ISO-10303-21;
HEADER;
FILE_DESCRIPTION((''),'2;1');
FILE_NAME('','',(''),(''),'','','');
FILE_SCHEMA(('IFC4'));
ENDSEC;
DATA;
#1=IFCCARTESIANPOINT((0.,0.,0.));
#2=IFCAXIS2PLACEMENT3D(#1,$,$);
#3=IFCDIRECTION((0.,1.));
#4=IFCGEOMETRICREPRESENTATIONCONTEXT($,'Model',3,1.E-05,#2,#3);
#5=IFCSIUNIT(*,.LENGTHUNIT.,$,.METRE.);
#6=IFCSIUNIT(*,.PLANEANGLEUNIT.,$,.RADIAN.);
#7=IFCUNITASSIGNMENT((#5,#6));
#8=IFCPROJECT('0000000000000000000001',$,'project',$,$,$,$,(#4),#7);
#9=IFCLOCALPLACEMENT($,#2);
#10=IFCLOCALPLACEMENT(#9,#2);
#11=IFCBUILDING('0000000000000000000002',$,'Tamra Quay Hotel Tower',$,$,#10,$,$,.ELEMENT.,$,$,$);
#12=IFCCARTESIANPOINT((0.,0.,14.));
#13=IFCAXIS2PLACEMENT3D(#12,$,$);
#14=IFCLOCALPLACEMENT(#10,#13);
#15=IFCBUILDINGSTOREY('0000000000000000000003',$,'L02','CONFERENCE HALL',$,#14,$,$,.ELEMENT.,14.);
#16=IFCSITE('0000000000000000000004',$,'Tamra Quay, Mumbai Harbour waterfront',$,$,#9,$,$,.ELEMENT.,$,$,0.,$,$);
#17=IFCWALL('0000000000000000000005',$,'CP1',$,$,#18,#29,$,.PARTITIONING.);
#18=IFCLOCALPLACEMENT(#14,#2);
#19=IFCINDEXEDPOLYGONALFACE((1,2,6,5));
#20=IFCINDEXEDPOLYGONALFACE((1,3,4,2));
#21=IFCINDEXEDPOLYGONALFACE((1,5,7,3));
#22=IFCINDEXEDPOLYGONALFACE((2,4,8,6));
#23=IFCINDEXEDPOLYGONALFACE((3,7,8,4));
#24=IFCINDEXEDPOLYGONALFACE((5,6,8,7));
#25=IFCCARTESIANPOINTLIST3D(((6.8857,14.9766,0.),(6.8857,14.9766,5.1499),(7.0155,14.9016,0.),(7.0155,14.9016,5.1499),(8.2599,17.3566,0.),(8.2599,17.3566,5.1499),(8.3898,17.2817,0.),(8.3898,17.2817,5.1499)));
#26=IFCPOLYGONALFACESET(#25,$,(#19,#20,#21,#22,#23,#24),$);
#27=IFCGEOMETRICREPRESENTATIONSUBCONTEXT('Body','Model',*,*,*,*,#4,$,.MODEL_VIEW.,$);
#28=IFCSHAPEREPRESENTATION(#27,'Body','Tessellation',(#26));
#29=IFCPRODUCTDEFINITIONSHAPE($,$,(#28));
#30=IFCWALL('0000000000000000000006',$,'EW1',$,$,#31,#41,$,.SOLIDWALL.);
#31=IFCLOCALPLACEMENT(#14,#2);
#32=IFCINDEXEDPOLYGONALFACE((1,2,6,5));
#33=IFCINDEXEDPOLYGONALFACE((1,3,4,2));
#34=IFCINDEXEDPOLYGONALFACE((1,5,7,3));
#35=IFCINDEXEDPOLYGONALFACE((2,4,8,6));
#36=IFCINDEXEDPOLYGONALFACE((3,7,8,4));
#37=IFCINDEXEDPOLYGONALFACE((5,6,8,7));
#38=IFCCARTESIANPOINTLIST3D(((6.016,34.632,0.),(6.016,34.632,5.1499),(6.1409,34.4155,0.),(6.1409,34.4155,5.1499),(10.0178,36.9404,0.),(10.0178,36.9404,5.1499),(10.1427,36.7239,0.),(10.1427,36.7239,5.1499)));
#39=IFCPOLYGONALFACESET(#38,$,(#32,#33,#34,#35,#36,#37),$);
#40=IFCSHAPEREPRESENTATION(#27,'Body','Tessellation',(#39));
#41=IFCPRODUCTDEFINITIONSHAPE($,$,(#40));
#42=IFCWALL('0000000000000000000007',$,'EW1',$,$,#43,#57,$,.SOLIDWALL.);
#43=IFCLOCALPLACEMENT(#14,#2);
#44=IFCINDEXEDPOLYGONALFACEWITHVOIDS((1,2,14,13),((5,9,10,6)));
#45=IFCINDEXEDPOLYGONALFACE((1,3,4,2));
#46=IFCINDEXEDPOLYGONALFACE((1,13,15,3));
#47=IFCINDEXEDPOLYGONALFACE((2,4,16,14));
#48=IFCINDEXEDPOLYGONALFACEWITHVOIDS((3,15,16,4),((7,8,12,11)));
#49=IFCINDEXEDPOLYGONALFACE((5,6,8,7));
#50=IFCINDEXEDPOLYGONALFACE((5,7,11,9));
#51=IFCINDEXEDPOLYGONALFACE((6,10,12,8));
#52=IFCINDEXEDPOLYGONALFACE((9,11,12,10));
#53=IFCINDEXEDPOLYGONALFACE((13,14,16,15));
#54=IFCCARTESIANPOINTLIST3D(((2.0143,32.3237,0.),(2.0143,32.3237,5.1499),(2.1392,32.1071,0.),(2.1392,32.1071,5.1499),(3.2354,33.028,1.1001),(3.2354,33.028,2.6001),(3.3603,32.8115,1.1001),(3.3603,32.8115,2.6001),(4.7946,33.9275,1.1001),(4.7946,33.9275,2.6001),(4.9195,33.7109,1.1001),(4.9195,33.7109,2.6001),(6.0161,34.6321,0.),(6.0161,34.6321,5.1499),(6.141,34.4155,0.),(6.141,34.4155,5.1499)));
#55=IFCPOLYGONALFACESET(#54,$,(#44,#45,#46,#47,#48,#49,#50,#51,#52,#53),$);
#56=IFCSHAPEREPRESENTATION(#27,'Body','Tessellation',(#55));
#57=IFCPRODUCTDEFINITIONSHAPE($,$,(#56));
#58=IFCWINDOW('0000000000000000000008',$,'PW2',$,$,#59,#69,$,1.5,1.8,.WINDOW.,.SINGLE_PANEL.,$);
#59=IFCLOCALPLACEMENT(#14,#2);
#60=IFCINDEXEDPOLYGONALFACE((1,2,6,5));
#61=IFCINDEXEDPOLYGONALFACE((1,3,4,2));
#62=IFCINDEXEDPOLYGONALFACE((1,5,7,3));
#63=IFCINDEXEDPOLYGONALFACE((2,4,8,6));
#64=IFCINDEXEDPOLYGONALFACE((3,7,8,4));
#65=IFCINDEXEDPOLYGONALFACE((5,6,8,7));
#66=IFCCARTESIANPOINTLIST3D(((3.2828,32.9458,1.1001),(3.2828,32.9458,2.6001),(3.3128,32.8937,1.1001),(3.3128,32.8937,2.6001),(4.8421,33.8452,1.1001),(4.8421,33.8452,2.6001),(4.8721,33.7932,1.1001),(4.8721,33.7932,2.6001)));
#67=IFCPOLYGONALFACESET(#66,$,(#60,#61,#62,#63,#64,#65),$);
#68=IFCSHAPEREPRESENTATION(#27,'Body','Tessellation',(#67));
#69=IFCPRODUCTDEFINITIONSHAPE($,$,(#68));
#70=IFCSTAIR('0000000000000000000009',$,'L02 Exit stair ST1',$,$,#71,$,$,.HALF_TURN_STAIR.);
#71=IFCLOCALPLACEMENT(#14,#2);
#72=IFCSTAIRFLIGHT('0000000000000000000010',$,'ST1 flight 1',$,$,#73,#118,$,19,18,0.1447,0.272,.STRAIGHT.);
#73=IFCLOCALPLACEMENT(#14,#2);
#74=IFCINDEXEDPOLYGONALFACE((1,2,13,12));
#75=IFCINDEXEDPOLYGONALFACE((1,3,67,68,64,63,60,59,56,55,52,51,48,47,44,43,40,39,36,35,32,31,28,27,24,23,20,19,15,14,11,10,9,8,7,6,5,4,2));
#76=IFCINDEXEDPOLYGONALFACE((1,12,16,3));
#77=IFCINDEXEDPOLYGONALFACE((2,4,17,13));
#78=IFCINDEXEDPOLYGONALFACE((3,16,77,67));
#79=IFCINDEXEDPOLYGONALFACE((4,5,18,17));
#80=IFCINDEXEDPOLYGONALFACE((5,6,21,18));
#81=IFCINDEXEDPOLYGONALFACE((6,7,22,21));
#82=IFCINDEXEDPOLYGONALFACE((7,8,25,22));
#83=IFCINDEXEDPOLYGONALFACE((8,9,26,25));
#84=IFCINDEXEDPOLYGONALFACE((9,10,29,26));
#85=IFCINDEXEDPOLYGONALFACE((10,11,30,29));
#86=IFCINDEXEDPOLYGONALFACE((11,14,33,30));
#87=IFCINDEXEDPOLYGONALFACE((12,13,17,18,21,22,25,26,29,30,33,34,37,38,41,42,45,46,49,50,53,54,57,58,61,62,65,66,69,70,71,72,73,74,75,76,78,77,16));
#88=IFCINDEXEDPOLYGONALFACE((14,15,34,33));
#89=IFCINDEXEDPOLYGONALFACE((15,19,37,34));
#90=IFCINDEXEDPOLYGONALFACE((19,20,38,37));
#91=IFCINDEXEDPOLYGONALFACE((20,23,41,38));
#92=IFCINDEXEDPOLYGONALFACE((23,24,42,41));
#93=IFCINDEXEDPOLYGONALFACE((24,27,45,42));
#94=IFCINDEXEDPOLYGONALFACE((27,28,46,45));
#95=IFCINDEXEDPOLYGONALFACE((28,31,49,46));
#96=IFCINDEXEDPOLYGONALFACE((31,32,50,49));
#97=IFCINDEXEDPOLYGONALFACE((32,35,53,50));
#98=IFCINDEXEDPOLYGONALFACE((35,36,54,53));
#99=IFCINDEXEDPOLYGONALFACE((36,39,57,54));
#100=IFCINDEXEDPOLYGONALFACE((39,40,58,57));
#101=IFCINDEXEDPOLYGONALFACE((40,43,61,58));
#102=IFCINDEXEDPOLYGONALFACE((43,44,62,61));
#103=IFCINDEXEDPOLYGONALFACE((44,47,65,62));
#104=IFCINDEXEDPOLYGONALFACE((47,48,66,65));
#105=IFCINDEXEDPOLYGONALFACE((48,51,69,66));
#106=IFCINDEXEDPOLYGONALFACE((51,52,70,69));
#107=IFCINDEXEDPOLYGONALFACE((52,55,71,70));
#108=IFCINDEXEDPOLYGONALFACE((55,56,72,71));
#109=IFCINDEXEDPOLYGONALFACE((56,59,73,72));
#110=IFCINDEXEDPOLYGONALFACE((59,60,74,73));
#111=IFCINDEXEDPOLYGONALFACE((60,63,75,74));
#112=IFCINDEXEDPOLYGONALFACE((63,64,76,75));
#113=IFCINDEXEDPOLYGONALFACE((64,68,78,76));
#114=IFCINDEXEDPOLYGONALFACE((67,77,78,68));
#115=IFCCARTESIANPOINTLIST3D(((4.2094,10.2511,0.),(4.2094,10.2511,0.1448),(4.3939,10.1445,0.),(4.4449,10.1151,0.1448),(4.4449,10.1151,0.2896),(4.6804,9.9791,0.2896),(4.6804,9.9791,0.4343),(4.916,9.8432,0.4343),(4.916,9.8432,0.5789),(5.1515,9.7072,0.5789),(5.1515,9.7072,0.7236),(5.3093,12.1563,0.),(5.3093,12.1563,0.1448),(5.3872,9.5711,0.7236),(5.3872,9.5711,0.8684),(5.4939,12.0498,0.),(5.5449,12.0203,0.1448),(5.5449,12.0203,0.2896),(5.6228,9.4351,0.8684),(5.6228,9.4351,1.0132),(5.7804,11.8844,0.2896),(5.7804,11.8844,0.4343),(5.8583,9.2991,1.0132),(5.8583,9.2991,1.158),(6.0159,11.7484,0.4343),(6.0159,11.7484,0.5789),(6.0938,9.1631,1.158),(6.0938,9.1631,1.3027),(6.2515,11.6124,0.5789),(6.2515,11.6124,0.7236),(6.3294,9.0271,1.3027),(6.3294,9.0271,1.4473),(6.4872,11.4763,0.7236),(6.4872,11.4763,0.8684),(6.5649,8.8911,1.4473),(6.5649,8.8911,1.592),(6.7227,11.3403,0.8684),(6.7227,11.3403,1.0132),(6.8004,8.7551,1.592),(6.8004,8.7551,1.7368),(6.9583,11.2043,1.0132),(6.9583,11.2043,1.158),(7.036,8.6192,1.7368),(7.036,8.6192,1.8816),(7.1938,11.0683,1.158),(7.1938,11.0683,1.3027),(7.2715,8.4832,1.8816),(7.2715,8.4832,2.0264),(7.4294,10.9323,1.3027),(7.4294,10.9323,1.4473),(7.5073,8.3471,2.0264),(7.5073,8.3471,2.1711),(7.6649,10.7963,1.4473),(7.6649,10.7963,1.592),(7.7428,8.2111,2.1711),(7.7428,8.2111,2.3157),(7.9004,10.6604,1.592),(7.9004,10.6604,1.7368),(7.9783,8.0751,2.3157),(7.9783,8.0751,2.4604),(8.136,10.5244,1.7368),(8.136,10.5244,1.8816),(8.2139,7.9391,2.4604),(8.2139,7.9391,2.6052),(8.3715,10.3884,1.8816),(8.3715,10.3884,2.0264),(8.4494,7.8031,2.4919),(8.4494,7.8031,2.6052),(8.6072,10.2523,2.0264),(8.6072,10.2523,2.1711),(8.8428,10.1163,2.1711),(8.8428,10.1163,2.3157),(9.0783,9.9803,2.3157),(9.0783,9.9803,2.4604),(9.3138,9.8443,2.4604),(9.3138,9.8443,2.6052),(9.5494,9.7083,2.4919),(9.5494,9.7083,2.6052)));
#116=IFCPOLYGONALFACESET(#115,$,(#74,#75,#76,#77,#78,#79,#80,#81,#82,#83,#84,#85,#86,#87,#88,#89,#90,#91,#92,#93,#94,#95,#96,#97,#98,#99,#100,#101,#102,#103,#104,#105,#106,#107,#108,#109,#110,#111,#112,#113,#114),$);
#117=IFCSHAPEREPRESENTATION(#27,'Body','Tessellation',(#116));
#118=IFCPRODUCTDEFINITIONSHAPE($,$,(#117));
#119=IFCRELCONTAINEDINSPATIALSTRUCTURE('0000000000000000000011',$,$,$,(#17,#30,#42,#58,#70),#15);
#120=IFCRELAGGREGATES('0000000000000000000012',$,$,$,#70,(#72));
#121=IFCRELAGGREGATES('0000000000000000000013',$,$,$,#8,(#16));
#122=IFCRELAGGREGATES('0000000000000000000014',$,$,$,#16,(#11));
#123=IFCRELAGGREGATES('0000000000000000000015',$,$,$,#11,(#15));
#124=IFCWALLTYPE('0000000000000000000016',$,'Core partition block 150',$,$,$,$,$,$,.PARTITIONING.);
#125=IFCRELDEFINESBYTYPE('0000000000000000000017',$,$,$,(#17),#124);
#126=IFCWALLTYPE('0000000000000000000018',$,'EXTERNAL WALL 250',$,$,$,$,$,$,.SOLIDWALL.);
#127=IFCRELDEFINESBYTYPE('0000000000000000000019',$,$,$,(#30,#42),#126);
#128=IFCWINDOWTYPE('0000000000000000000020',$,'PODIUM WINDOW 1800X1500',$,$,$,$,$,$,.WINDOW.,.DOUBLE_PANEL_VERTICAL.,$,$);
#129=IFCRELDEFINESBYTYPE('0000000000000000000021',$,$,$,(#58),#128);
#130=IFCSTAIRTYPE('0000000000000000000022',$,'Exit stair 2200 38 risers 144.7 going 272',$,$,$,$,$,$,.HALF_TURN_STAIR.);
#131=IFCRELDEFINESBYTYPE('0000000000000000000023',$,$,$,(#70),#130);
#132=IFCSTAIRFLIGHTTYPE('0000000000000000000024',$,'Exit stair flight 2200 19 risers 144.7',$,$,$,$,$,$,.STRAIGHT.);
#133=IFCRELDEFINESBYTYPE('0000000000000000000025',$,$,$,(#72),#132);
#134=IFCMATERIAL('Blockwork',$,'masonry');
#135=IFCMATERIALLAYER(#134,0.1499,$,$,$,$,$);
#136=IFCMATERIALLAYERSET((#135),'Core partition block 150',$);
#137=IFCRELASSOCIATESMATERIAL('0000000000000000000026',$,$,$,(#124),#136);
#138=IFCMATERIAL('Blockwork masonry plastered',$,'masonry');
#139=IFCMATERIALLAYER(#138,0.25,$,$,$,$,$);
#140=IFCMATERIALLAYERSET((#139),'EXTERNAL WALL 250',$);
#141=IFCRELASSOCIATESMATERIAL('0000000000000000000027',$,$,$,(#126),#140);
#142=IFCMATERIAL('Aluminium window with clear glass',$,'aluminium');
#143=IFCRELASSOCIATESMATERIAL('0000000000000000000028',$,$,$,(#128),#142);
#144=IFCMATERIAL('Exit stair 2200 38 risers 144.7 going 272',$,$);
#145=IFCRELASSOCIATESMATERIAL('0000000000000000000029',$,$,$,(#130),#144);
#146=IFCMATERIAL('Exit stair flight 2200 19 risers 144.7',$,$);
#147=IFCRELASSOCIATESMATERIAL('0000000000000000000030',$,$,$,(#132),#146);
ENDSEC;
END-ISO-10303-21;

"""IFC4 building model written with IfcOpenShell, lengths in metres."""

from ifc_helpers import new_model, si_unit, direction, frame, frame_2d, origin, place, context, subcontext, project, spatial, polyline, rectangle, outline, extrude, material, layer, layer_set, type_object, element, fill, aggregate, save


model = new_model("IFC4")

# Units and contexts
model_context = context("Model", 3, precision=1e-05, world=origin(), true_north=direction((0.0, 1.0)))
body_context = subcontext(model_context, "Body", "Model", "MODEL_VIEW")
ifc_project = project(units=[si_unit("LENGTHUNIT", "METRE"), si_unit("PLANEANGLEUNIT", "RADIAN")], contexts=[model_context])

# Site, building, storey
site_placement = place(None, origin())
site = spatial("IfcSite", under=ifc_project, at=site_placement, Name="Tamra Quay, Mumbai Harbour waterfront", CompositionType="ELEMENT", RefElevation=0.0)
building_placement = place(site_placement, origin())
building = spatial("IfcBuilding", under=site, at=building_placement, Name="Tamra Quay Hotel Tower", CompositionType="ELEMENT")
storey_placement = place(building_placement, frame((0.0, 0.0, 14.0)))
storey = spatial("IfcBuildingStorey", under=building, at=storey_placement, Name="L02", Description="CONFERENCE HALL", CompositionType="ELEMENT", Elevation=14.0)

# Shared definitions
ifc_material_1 = material(Name="Blockwork", Category="masonry")
ifc_layer_1 = layer(ifc_material_1, 0.1499)
ifc_layer_set_1 = layer_set([ifc_layer_1], Name="Core partition block 150")
wall_type_1 = type_object("IfcWallType", Name="Core partition block 150", PredefinedType="PARTITIONING", material=ifc_layer_set_1)

# Walls
wall_1_placement = place(storey_placement, frame((6.9507, 14.9392, 0.0), z_axis=(0.0, 0.0, 1.0), x_axis=(0.500027, 0.86601, 0.0)))
element("IfcWall", 1, at=wall_1_placement, inside=storey, type_object=wall_type_1, Name="CP1", PredefinedType="PARTITIONING", context=body_context, shape_type="SweptSolid", body=[
    extrude(rectangle(XDim=2.7483, YDim=0.1499, at=frame_2d((1.374, 0.0))), origin(), (0.0, 0.0, 1.0), 5.1499),
])
ifc_material_2 = material(Name="Blockwork masonry plastered", Category="masonry")
ifc_layer_2 = layer(ifc_material_2, 0.25)
ifc_layer_set_2 = layer_set([ifc_layer_2], Name="EXTERNAL WALL 250")
wall_type_2 = type_object("IfcWallType", Name="EXTERNAL WALL 250", PredefinedType="SOLIDWALL", material=ifc_layer_set_2)
wall_2_placement = place(storey_placement, frame((6.0784, 34.5237, 0.0), z_axis=(0.0, 0.0, 1.0), x_axis=(0.866216, 0.499669, 0.0)))
element("IfcWall", 2, at=wall_2_placement, inside=storey, type_object=wall_type_2, Name="EW1", PredefinedType="SOLIDWALL", context=body_context, shape_type="SweptSolid", body=[
    extrude(rectangle(XDim=4.6199, YDim=0.25, at=frame_2d((2.3101, 0.0))), origin(), (0.0, 0.0, 1.0), 5.1499),
])

# Wall, opening, window
wall_3_placement = place(storey_placement, frame((2.0767, 32.2153, 0.0), z_axis=(0.0, 0.0, 1.0), x_axis=(0.866216, 0.499669, 0.0)))
wall_3 = element("IfcWall", 3, at=wall_3_placement, inside=storey, type_object=wall_type_2, Name="EW1", PredefinedType="SOLIDWALL", context=body_context, shape_type="SweptSolid", body=[
    extrude(rectangle(XDim=4.6199, YDim=0.25, at=frame_2d((2.3101, 0.0))), origin(), (0.0, 0.0, 1.0), 5.1499),
])
opening_1_placement = place(wall_3_placement, frame((1.4099, 0.0, 1.1001)))
opening_1 = element("IfcOpeningElement", 4, at=opening_1_placement, cuts=wall_3, PredefinedType="OPENING", context=body_context, shape_type="SweptSolid", body=[
    extrude(rectangle(XDim=1.8, YDim=1.5, at=frame_2d((0.8999, 0.75))), frame((0.0, 0.135, 0.0), z_axis=(0.0, -1.0, 0.0), x_axis=(1.0, 0.0, 0.0)), (0.0, 0.0, 1.0), 0.27),
])
ifc_material_3 = material(Name="Aluminium window with clear glass", Category="aluminium")
window_type = type_object("IfcWindowType", Name="PODIUM WINDOW 1800X1500", PartitioningType="DOUBLE_PANEL_VERTICAL", PredefinedType="WINDOW", material=ifc_material_3)
window_placement = place(opening_1_placement, origin())
window = element("IfcWindow", 5, at=window_placement, inside=storey, type_object=window_type, Name="PW2", OverallHeight=1.5, OverallWidth=1.8, PartitioningType="SINGLE_PANEL", PredefinedType="WINDOW", context=body_context, shape_type="SweptSolid", body=[
    extrude(rectangle(XDim=1.8, YDim=1.5, at=frame_2d((0.8999, 0.75))), frame((0.0, 0.03, 0.0), z_axis=(0.0, -1.0, 0.0), x_axis=(1.0, 0.0, 0.0)), (0.0, 0.0, 1.0), 0.0601),
])
fill(opening_1, window)

# Stair, stair flight
ifc_material_4 = material(Name="Exit stair 2200 38 risers 144.7 going 272")
stair_type = type_object("IfcStairType", Name="Exit stair 2200 38 risers 144.7 going 272", PredefinedType="HALF_TURN_STAIR", material=ifc_material_4)
stair_placement = place(storey_placement, origin())
stair = element("IfcStair", 6, at=stair_placement, inside=storey, type_object=stair_type, Name="L02 Exit stair ST1", PredefinedType="HALF_TURN_STAIR")
ifc_material_5 = material(Name="Exit stair flight 2200 19 risers 144.7")
stair_flight_type = type_object("IfcStairFlightType", Name="Exit stair flight 2200 19 risers 144.7", PredefinedType="STRAIGHT", material=ifc_material_5)
stair_flight_placement = place(storey_placement, frame((4.7593, 11.2036, 0.0), z_axis=(0.0, 0.0, 1.0), x_axis=(0.866025, -0.5, 0.0)))
stair_flight = element("IfcStairFlight", 7, at=stair_flight_placement, type_object=stair_flight_type, Name="ST1 flight 1", NumberOfRisers=19, NumberOfTreads=18, PredefinedType="STRAIGHT", RiserHeight=0.1447, TreadLength=0.272, context=body_context, shape_type="SweptSolid", body=[
    extrude(outline(polyline([(0.0, 0.0), (0.0, 0.1448), (0.272, 0.1448), (0.272, 0.2896), (0.5439, 0.2896), (0.5439, 0.4343), (0.8159, 0.4343), (0.8159, 0.5789), (1.0879, 0.5789), (1.0879, 0.7236), (1.3601, 0.7236), (1.3601, 0.8684), (1.6321, 0.8684), (1.6321, 1.0132), (1.9041, 1.0132), (1.9041, 1.158), (2.176, 1.158), (2.176, 1.3027), (2.448, 1.3027), (2.448, 1.4473), (2.72, 1.4473), (2.72, 1.592), (2.9919, 1.592), (2.9919, 1.7368), (3.2639, 1.7368), (3.2639, 1.8816), (3.5359, 1.8816), (3.5359, 2.0264), (3.8081, 2.0264), (3.8081, 2.1711), (4.0801, 2.1711), (4.0801, 2.3157), (4.3521, 2.3157), (4.3521, 2.4604), (4.624, 2.4604), (4.624, 2.6052), (4.896, 2.6052), (4.896, 2.75), (4.896, 2.4919), (0.2131, 0.0), (0.0, 0.0)])), frame((0.0, 1.1001, 0.0), z_axis=(0.0, -1.0, 0.0), x_axis=(1.0, 0.0, 0.0)), (0.0, 0.0, 1.0), 2.2),
])
aggregate(stair, [stair_flight])

save(model, "model.ifc")
